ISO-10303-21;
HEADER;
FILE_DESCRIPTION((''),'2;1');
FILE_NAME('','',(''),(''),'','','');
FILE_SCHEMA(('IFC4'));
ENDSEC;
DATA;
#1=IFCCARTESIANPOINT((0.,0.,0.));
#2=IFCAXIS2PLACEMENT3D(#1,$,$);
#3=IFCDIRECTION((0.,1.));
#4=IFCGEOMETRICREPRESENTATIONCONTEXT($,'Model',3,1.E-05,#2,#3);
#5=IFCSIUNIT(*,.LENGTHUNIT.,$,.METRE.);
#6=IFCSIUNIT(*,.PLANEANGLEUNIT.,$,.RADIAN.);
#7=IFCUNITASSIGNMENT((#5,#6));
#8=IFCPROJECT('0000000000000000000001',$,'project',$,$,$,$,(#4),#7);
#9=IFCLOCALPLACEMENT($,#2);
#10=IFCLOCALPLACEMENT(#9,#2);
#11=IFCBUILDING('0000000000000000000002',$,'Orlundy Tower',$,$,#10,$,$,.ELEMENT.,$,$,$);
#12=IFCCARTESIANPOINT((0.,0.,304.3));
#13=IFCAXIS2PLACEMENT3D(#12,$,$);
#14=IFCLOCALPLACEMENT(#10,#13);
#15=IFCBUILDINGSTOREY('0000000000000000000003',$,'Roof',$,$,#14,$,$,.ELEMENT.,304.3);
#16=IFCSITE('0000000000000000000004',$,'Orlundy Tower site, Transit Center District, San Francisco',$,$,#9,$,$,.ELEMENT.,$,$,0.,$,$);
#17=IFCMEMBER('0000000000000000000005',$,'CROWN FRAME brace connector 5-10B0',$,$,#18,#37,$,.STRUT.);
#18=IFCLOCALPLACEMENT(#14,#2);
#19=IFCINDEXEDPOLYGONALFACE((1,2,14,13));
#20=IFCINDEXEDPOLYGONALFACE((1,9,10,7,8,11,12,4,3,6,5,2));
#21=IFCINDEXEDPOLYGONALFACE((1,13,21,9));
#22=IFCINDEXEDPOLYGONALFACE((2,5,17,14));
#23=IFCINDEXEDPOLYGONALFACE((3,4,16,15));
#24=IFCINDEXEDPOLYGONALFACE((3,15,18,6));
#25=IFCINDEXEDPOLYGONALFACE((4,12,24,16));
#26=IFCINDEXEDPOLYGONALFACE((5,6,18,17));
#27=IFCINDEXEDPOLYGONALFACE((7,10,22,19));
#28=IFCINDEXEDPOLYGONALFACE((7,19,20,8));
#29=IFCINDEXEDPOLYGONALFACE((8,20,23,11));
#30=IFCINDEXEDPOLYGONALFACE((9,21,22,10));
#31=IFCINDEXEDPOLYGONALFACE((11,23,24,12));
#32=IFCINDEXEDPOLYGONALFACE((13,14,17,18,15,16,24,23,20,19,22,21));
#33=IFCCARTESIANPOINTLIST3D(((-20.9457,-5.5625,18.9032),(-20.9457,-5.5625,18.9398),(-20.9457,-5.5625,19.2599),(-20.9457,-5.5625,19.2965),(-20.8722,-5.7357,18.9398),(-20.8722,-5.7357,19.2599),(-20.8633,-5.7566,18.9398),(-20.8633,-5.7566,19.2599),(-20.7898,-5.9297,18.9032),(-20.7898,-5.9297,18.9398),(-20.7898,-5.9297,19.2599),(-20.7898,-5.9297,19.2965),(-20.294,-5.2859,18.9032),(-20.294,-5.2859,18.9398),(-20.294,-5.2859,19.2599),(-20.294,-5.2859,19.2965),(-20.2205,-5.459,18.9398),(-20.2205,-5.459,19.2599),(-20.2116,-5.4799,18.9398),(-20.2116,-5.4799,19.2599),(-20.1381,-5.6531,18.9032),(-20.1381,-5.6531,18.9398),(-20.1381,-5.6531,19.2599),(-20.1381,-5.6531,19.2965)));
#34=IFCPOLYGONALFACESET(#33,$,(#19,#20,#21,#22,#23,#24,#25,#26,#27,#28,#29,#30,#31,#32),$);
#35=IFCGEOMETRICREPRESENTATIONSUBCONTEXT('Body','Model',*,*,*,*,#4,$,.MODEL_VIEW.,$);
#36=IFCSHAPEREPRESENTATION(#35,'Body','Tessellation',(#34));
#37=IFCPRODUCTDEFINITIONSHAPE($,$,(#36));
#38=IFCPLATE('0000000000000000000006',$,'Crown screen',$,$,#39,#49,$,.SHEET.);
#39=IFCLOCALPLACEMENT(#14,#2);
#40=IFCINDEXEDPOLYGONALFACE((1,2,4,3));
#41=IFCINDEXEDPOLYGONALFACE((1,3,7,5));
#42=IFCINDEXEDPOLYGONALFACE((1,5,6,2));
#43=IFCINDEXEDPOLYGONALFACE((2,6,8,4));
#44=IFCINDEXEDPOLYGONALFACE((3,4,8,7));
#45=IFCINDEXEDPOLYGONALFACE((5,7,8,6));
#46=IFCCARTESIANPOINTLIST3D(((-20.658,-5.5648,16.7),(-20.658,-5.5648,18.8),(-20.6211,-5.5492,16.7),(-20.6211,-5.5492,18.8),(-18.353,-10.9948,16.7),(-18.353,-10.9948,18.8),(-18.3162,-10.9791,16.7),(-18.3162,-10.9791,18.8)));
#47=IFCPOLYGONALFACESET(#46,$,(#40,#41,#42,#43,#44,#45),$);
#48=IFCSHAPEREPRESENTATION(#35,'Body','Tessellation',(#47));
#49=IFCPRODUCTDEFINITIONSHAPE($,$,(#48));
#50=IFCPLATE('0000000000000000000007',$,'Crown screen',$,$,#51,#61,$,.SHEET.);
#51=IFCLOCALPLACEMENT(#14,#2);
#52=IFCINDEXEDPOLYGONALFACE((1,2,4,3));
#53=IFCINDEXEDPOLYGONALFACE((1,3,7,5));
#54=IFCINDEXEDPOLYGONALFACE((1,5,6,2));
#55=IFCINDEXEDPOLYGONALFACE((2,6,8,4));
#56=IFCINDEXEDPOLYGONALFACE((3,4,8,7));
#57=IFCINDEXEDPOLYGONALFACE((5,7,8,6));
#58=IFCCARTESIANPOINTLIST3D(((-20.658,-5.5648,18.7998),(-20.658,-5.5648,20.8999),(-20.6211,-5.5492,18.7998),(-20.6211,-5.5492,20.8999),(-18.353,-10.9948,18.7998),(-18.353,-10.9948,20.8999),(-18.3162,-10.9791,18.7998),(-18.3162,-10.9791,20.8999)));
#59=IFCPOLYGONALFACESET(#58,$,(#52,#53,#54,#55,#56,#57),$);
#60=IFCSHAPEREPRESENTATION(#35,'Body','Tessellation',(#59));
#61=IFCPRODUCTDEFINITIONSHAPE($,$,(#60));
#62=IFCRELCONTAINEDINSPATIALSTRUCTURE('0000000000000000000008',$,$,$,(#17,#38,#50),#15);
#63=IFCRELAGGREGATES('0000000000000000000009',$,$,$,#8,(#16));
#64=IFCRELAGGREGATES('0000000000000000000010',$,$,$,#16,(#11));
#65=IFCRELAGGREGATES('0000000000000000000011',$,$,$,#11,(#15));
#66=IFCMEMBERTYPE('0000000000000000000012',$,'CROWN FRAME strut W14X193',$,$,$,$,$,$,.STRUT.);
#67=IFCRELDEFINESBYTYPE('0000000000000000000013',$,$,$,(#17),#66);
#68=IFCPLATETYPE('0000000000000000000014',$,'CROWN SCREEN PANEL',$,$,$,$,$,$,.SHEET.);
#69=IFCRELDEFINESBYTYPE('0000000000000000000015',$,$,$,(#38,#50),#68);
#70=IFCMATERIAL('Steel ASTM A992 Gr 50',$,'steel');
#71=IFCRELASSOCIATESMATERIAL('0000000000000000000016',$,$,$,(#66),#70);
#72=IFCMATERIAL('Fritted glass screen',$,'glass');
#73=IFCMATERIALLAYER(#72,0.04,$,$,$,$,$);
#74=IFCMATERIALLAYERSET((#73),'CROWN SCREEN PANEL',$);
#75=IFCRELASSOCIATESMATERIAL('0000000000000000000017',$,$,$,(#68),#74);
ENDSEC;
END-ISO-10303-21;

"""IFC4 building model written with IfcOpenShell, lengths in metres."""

from ifc_helpers import new_model, si_unit, direction, frame, origin, origin_2d, place, context, subcontext, project, spatial, rectangle, i_section, extrude, material, layer, layer_set, material_profile, profile_set, type_object, element, save


model = new_model("IFC4")

# Units and contexts
model_context = context("Model", 3, precision=1e-05, world=origin(), true_north=direction((0.0, 1.0)))
body_context = subcontext(model_context, "Body", "Model", "MODEL_VIEW")
ifc_project = project(units=[si_unit("LENGTHUNIT", "METRE"), si_unit("PLANEANGLEUNIT", "RADIAN")], contexts=[model_context])

# Site, building, storey
site_placement = place(None, origin())
site = spatial("IfcSite", under=ifc_project, at=site_placement, Name="Orlundy Tower site, Transit Center District, San Francisco", CompositionType="ELEMENT", RefElevation=0.0)
building_placement = place(site_placement, origin())
building = spatial("IfcBuilding", under=site, at=building_placement, Name="Orlundy Tower", CompositionType="ELEMENT")
storey_placement = place(building_placement, frame((0.0, 0.0, 304.3)))
storey = spatial("IfcBuildingStorey", under=building, at=storey_placement, Name="Roof", CompositionType="ELEMENT", Elevation=304.3)

# Member
ifc_material_1 = material(Name="Steel ASTM A992 Gr 50", Category="steel")
ifc_material_profile_1 = material_profile(ifc_material_1, i_section(OverallWidth=0.3989, OverallDepth=0.3933, WebThickness=0.0227, FlangeThickness=0.0366, at=origin_2d()), Name="W14X193")
ifc_profile_set_1 = profile_set([ifc_material_profile_1], Name="Steel ASTM A992 Gr 50")
member_type = type_object("IfcMemberType", Name="CROWN FRAME strut W14X193", PredefinedType="STRUT", material=ifc_profile_set_1)
member_1_placement = place(storey_placement, frame((-20.2161, -5.4695, 19.0999), z_axis=(-0.920495, -0.390754, 0.0), x_axis=(0.390754, -0.920495, 0.0)))
element("IfcMember", 1, at=member_1_placement, inside=storey, type_object=member_type, Name="CROWN FRAME brace connector 5-10B0", PredefinedType="STRUT", context=body_context, shape_type="SweptSolid", body=[
    extrude(i_section(OverallWidth=0.3989, OverallDepth=0.3933, WebThickness=0.0227, FlangeThickness=0.0366, at=origin_2d()), origin(), (0.0, 0.0, 1.0), 0.708),
])

# Plates
ifc_material_2 = material(Name="Fritted glass screen", Category="glass")
ifc_layer = layer(ifc_material_2, 0.04)
ifc_layer_set = layer_set([ifc_layer], Name="CROWN SCREEN PANEL")
plate_type = type_object("IfcPlateType", Name="CROWN SCREEN PANEL", PredefinedType="SHEET", material=ifc_layer_set)
for number, where, z_axis, x_axis, name in (
    (2, (-19.4871, -8.272, 16.7), (0.0, 0.0, 1.0), (0.390742, -0.9205, 0.0), "Crown screen"),
    (3, (-19.4871, -8.272, 18.7998), (0.0, 0.0, 1.0), (0.390742, -0.9205, 0.0), "Crown screen"),
):
    element("IfcPlate", number, at=place(storey_placement, frame(where, z_axis=z_axis, x_axis=x_axis)), inside=storey, type_object=plate_type, Name=name, PredefinedType="SHEET", context=body_context, shape_type="SweptSolid", body=[
        extrude(rectangle(XDim=5.8989, YDim=0.04, at=origin_2d()), origin(), (0.0, 0.0, 1.0), 2.1001),
    ])

save(model, "model.ifc")
